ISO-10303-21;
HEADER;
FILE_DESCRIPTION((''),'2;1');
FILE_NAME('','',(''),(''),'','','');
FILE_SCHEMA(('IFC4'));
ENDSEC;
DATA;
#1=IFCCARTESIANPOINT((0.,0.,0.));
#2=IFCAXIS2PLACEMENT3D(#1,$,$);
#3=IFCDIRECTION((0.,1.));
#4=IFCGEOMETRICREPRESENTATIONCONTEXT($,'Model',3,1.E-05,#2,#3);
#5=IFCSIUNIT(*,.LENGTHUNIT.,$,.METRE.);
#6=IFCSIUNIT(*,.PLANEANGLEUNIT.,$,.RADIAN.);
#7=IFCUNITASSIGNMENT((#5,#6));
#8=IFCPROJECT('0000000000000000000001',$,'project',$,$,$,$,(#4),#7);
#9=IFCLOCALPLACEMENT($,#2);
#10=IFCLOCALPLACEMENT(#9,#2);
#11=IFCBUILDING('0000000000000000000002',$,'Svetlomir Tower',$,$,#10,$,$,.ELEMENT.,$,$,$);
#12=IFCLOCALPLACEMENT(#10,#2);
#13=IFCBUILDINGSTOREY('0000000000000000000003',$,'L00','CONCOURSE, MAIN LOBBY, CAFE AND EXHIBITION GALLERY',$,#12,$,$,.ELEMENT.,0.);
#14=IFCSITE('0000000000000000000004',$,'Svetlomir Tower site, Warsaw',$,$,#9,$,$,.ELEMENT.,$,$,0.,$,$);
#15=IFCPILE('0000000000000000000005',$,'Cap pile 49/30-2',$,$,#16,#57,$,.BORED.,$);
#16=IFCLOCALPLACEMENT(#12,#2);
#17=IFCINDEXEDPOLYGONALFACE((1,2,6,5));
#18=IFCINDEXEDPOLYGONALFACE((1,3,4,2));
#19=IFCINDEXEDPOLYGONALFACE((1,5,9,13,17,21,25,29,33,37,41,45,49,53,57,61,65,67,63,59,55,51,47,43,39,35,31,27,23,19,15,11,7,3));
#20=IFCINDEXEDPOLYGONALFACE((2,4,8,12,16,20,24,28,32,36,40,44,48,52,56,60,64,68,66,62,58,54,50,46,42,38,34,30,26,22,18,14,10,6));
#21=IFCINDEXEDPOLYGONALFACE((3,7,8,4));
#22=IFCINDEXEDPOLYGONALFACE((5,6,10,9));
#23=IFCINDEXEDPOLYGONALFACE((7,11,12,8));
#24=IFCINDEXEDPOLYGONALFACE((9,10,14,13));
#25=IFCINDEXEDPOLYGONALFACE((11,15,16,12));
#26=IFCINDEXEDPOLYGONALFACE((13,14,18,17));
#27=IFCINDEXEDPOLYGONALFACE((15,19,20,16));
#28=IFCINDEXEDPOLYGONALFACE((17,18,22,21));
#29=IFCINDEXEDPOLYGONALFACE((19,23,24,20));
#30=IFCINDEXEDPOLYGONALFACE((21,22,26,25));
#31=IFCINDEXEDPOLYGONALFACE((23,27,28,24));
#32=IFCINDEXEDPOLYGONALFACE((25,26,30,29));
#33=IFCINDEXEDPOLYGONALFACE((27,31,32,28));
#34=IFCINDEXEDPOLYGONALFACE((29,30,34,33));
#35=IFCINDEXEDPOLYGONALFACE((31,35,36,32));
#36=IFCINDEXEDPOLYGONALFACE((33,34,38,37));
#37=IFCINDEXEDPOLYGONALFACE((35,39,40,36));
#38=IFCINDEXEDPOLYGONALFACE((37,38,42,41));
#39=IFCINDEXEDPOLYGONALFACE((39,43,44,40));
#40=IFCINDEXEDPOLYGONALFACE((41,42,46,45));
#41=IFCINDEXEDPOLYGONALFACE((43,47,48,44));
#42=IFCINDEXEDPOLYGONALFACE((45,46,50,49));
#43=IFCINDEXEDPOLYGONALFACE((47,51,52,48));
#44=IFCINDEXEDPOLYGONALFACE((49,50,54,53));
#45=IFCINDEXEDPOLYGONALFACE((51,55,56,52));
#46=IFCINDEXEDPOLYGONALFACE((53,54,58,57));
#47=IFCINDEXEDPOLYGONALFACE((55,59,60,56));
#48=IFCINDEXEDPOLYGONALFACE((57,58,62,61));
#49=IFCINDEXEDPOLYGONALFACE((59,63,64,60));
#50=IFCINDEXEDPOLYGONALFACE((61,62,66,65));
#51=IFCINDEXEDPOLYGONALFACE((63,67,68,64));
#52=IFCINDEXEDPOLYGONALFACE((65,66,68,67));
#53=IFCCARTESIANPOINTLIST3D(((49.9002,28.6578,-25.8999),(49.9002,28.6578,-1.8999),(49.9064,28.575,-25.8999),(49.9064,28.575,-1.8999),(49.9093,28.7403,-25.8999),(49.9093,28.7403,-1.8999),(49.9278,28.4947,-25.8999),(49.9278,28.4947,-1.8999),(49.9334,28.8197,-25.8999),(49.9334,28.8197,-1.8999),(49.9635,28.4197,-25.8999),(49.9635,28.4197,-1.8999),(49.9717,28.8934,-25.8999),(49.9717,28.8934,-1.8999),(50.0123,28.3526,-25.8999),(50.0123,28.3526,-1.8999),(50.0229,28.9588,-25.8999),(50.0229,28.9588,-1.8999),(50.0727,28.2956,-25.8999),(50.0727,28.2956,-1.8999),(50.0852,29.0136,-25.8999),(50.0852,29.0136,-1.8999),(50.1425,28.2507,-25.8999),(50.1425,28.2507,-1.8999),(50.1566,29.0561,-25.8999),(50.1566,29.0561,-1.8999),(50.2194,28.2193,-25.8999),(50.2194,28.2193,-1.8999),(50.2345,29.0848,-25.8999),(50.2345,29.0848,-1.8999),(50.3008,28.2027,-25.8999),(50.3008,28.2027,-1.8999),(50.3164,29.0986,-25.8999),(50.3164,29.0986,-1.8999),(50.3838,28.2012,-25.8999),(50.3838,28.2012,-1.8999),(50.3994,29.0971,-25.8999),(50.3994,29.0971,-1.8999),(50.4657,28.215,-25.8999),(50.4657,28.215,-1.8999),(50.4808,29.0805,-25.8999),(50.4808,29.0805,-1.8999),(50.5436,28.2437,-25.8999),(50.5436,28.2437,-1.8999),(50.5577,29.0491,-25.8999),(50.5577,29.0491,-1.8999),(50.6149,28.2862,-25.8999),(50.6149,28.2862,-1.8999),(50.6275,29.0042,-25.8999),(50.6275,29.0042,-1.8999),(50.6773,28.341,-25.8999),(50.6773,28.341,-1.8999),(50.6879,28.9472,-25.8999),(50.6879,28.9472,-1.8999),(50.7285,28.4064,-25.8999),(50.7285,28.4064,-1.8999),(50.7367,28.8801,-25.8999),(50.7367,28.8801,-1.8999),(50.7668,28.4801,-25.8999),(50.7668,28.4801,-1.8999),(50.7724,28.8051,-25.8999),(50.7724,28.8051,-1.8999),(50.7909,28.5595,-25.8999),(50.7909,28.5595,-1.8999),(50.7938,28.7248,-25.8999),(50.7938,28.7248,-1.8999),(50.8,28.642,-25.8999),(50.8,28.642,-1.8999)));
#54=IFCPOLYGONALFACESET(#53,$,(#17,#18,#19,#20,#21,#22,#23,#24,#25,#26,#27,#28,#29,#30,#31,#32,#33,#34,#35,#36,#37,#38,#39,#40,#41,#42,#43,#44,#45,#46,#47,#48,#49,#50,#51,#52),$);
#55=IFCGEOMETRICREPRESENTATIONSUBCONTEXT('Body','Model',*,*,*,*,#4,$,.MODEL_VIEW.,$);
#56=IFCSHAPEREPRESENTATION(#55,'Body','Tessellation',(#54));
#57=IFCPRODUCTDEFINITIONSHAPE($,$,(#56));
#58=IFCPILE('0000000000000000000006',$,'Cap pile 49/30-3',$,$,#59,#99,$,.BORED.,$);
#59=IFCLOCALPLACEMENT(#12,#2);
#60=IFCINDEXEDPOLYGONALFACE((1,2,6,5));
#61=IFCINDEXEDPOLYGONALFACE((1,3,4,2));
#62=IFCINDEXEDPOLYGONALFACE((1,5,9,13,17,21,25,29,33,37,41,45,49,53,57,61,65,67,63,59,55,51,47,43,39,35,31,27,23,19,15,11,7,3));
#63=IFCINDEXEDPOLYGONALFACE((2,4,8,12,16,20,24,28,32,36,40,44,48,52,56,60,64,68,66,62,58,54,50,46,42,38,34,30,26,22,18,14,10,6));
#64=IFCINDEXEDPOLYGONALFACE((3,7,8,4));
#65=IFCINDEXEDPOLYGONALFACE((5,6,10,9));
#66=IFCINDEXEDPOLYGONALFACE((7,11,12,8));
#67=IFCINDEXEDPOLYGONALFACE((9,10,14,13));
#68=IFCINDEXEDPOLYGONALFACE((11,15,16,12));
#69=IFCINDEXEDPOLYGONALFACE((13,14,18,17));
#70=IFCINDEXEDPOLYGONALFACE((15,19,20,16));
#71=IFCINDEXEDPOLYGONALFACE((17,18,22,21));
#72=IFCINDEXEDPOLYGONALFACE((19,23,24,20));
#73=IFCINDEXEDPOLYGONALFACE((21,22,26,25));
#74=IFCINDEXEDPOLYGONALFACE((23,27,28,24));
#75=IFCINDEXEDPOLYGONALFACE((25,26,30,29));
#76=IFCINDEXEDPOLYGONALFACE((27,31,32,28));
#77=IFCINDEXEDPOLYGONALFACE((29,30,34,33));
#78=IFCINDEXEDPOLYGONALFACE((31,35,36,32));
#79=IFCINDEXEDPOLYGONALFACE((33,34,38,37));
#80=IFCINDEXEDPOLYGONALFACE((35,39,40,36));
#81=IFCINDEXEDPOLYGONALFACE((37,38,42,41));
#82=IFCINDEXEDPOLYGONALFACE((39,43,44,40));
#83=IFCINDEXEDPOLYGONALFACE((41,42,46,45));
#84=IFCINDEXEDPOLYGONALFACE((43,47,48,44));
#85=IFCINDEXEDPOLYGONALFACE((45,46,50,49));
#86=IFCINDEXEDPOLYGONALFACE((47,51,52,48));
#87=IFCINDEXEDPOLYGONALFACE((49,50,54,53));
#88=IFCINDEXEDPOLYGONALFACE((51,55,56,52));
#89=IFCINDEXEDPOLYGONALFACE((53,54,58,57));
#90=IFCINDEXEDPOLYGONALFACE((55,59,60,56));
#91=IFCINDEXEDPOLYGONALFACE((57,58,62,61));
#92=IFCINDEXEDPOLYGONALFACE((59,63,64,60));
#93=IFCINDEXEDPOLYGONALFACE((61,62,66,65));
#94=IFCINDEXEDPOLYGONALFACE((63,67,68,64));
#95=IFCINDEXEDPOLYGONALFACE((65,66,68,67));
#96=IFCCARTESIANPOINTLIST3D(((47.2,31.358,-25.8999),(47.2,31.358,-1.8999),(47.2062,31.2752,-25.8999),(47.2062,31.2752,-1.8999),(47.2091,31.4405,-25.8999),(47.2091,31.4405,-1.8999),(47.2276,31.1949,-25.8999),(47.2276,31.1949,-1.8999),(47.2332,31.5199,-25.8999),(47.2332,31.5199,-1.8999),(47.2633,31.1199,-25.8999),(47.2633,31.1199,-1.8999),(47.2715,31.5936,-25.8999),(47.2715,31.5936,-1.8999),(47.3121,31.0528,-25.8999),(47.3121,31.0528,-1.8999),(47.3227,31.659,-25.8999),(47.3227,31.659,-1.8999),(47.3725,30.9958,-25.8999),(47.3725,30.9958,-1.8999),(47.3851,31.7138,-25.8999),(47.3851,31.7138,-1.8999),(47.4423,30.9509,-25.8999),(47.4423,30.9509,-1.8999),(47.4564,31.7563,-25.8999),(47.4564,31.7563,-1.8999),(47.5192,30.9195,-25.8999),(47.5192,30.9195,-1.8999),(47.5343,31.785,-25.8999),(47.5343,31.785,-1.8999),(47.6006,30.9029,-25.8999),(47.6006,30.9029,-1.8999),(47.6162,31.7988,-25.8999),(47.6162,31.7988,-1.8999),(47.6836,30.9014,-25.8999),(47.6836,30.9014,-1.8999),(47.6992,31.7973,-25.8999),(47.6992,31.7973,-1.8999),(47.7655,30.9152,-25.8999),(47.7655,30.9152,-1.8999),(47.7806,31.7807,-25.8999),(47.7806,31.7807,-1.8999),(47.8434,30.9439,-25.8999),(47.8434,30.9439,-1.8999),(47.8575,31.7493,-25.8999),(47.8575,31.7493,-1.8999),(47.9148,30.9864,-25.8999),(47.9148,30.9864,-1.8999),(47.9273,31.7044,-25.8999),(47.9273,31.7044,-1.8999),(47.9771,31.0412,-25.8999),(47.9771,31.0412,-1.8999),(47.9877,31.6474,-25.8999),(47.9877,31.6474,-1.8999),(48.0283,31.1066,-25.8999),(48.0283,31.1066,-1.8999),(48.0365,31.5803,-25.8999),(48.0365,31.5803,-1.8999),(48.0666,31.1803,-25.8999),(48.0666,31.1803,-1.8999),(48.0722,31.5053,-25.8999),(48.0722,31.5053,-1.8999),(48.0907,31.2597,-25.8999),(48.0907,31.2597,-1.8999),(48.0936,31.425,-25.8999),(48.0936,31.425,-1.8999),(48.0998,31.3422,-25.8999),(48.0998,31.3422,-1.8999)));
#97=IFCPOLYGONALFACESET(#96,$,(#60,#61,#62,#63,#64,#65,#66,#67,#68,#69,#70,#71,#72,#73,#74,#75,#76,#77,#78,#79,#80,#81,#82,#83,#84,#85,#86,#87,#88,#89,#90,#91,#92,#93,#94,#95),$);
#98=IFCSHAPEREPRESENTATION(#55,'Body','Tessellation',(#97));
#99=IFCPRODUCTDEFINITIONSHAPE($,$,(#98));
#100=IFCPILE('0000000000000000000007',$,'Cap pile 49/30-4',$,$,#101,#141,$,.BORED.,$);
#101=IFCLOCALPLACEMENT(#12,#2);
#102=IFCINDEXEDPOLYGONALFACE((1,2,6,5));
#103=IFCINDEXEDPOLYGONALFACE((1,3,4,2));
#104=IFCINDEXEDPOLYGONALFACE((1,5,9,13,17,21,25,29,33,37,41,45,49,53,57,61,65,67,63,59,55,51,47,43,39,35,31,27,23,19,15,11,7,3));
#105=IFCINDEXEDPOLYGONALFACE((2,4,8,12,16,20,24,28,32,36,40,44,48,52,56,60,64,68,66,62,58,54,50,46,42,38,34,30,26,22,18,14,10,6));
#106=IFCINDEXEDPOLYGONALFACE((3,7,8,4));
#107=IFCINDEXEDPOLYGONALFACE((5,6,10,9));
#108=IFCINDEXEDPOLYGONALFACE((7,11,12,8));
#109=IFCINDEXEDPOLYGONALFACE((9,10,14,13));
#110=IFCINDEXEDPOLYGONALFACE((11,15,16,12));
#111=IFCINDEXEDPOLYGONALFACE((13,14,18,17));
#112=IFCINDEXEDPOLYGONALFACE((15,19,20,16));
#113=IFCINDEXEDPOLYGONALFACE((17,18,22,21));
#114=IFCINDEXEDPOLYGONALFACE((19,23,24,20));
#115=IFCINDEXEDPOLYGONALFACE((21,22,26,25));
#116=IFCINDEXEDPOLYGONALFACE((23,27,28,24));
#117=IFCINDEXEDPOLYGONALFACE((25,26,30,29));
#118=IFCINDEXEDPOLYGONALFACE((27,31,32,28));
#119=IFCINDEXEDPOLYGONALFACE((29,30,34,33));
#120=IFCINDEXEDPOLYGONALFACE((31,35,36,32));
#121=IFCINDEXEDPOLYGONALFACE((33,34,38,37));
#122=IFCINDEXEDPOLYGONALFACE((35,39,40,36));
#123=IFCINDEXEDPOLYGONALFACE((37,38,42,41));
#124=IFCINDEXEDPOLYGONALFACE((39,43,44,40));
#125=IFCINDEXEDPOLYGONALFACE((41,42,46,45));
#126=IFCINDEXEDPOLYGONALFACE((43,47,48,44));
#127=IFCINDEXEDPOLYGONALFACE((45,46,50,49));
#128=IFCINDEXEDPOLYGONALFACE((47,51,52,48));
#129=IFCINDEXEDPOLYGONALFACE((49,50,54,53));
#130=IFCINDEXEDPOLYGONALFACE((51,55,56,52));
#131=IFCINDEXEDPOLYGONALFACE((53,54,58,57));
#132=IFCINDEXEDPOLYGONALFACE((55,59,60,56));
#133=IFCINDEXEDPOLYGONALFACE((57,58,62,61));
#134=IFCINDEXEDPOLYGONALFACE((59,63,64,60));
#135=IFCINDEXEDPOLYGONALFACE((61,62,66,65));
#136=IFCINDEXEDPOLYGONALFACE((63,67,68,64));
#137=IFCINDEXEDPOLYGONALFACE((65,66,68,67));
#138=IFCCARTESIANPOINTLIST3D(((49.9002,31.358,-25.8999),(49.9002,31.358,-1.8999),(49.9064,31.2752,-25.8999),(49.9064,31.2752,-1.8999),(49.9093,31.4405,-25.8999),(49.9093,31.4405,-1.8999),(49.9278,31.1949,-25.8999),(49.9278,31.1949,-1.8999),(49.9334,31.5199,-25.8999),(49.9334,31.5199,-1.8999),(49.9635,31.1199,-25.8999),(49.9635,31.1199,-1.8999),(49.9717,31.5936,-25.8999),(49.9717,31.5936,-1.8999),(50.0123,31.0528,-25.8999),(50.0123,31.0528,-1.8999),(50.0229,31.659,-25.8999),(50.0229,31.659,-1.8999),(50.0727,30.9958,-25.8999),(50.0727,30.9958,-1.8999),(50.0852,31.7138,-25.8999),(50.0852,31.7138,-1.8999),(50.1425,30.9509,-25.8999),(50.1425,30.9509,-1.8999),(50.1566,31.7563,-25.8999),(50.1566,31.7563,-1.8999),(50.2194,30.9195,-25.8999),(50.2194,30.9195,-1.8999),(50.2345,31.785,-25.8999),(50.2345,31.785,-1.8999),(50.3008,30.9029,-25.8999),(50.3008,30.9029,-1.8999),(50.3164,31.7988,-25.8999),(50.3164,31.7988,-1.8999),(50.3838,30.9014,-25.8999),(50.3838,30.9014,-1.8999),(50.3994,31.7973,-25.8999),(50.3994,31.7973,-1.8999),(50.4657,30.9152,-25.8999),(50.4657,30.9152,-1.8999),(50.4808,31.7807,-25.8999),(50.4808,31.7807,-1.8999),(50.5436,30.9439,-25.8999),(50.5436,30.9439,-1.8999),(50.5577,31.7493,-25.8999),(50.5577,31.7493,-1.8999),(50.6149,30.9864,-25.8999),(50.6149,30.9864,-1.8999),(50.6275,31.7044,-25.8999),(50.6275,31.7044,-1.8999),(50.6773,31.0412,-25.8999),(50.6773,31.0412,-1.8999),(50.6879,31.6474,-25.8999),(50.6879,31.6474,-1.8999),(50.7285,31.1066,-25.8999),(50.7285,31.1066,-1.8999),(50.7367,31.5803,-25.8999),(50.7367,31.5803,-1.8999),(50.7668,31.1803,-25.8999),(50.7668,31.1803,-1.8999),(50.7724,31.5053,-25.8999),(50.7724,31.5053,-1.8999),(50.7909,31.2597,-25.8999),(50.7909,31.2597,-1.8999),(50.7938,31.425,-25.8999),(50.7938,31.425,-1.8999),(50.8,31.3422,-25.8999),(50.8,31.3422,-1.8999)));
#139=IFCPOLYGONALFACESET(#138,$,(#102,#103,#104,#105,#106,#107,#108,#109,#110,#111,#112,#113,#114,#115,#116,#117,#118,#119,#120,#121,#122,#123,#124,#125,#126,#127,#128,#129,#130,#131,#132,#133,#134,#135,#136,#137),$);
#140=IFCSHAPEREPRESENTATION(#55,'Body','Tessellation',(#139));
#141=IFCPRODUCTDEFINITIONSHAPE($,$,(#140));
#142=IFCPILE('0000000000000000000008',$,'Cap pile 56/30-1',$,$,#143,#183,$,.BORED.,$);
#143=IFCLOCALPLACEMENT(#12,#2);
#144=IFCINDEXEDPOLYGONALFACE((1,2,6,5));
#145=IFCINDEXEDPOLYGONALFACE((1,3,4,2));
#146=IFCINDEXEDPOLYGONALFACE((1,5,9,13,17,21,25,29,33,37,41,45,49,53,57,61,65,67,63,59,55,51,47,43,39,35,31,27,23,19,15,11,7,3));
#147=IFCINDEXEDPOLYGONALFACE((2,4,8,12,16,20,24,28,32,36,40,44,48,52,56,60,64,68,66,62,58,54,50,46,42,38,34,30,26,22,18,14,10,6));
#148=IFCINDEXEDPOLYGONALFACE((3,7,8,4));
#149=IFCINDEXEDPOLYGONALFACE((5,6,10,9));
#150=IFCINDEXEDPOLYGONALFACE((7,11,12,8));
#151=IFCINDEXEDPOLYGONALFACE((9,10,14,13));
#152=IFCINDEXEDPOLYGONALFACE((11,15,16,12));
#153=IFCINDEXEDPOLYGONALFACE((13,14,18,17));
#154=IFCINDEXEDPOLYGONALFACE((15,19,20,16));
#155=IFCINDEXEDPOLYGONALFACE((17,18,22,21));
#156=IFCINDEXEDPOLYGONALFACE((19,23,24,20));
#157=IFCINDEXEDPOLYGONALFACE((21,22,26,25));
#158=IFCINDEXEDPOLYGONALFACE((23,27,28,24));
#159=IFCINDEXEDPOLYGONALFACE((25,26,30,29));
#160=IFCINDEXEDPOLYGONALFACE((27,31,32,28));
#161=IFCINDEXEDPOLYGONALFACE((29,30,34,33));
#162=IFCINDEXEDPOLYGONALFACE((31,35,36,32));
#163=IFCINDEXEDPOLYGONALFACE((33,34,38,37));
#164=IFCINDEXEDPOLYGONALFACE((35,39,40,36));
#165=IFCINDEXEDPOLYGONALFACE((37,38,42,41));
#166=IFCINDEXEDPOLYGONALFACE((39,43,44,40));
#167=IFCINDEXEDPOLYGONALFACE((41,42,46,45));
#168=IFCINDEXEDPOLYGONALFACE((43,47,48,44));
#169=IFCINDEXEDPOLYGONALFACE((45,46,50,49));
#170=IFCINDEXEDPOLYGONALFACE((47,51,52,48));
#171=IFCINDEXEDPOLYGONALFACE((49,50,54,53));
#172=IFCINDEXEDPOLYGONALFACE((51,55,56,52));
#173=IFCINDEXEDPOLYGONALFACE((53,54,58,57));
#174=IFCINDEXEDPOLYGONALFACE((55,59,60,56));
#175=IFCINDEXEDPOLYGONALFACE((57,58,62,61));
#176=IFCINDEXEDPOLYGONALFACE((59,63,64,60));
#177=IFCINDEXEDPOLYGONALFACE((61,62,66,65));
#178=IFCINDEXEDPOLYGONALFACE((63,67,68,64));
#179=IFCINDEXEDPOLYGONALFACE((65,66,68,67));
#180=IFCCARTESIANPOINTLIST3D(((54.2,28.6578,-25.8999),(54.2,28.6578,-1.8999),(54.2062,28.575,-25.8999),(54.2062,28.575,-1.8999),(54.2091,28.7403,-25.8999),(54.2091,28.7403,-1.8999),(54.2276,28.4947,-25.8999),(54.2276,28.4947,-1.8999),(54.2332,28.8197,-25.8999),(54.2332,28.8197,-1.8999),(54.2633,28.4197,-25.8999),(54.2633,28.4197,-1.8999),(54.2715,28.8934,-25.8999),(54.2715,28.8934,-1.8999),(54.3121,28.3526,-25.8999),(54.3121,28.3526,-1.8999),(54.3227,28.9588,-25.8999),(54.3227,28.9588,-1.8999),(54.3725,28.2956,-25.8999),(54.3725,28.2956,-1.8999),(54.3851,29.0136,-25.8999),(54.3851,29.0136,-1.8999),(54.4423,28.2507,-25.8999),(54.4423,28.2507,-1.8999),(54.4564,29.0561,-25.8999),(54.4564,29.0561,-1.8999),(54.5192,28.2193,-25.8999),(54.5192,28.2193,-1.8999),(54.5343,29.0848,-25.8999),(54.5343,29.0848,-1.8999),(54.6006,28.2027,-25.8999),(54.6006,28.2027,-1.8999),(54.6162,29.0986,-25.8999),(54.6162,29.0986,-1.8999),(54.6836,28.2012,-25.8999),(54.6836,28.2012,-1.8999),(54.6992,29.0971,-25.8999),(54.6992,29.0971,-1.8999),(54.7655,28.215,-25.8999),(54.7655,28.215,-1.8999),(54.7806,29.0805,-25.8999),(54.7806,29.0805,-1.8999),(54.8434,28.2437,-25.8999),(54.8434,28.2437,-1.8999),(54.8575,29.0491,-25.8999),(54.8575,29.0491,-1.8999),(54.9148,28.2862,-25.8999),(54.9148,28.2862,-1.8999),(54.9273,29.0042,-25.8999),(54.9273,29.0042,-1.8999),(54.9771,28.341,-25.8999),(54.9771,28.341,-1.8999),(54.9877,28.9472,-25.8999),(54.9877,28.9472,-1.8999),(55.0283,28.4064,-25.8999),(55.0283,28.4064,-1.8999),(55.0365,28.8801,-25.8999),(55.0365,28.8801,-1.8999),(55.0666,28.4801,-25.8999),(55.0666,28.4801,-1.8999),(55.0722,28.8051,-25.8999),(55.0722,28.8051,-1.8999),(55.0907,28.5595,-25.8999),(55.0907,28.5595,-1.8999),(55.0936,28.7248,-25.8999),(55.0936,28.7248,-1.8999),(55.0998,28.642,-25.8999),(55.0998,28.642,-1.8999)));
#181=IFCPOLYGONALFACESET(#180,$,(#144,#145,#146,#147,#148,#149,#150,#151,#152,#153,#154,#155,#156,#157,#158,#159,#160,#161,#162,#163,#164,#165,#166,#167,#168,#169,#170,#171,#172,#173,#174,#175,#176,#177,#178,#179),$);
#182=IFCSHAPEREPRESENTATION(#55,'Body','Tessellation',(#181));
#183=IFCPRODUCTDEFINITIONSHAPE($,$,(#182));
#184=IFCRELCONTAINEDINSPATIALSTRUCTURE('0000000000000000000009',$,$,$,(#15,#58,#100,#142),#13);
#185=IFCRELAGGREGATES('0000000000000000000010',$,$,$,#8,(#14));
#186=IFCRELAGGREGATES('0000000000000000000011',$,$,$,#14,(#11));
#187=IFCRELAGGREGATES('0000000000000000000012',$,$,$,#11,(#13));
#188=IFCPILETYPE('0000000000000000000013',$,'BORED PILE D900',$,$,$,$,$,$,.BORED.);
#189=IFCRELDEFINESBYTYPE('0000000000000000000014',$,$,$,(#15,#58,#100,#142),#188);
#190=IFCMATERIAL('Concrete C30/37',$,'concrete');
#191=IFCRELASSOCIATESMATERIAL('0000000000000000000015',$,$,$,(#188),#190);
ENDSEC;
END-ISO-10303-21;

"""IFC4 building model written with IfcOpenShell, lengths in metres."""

from ifc_helpers import new_model, si_unit, direction, frame, frame_2d, origin, origin_2d, place, context, subcontext, project, spatial, circle, extrude, material, material_profile, profile_set, type_object, element, save


model = new_model("IFC4")

# Units and contexts
model_context = context("Model", 3, precision=1e-05, world=origin(), true_north=direction((0.0, 1.0)))
body_context = subcontext(model_context, "Body", "Model", "MODEL_VIEW")
ifc_project = project(units=[si_unit("LENGTHUNIT", "METRE"), si_unit("PLANEANGLEUNIT", "RADIAN")], contexts=[model_context])

# Site, building, storey
site_placement = place(None, origin())
site = spatial("IfcSite", under=ifc_project, at=site_placement, Name="Svetlomir Tower site, Warsaw", CompositionType="ELEMENT", RefElevation=0.0)
building_placement = place(site_placement, origin())
building = spatial("IfcBuilding", under=site, at=building_placement, Name="Svetlomir Tower", CompositionType="ELEMENT")
storey_placement = place(building_placement, origin())
storey = spatial("IfcBuildingStorey", under=building, at=storey_placement, Name="L00", Description="CONCOURSE, MAIN LOBBY, CAFE AND EXHIBITION GALLERY", CompositionType="ELEMENT", Elevation=0.0)

# Piles
ifc_material_1 = material(Name="Concrete C30/37", Category="concrete")
ifc_material_profile_1 = material_profile(ifc_material_1, circle(Radius=0.45, at=origin_2d()), Name="RC D900")
ifc_profile_set_1 = profile_set([ifc_material_profile_1], Name="Concrete C30/37")
pile_type = type_object("IfcPileType", Name="BORED PILE D900", PredefinedType="BORED", material=ifc_profile_set_1)
for number, where, z_axis, x_axis, name in (
    (1, (50.3501, 28.6499, -1.8999), (0.0, 0.0, -1.0), (1.0, 0.0, 0.0), "Cap pile 49/30-2"),
    (2, (47.6499, 31.3501, -1.8999), (0.0, 0.0, -1.0), (1.0, 0.0, 0.0), "Cap pile 49/30-3"),
    (3, (50.3501, 31.3501, -1.8999), (0.0, 0.0, -1.0), (1.0, 0.0, 0.0), "Cap pile 49/30-4"),
    (4, (54.6499, 28.6499, -1.8999), (0.0, 0.0, -1.0), (1.0, 0.0, 0.0), "Cap pile 56/30-1"),
):
    element("IfcPile", number, at=place(storey_placement, frame(where, z_axis=z_axis, x_axis=x_axis)), inside=storey, type_object=pile_type, Name=name, PredefinedType="BORED", context=body_context, shape_type="SweptSolid", body=[
        extrude(circle(Radius=0.45, at=frame_2d((0.0, 0.0), x_axis=(0.999848, 0.017452))), origin(), (0.0, 0.0, 1.0), 24.0),
    ])

save(model, "model.ifc")
